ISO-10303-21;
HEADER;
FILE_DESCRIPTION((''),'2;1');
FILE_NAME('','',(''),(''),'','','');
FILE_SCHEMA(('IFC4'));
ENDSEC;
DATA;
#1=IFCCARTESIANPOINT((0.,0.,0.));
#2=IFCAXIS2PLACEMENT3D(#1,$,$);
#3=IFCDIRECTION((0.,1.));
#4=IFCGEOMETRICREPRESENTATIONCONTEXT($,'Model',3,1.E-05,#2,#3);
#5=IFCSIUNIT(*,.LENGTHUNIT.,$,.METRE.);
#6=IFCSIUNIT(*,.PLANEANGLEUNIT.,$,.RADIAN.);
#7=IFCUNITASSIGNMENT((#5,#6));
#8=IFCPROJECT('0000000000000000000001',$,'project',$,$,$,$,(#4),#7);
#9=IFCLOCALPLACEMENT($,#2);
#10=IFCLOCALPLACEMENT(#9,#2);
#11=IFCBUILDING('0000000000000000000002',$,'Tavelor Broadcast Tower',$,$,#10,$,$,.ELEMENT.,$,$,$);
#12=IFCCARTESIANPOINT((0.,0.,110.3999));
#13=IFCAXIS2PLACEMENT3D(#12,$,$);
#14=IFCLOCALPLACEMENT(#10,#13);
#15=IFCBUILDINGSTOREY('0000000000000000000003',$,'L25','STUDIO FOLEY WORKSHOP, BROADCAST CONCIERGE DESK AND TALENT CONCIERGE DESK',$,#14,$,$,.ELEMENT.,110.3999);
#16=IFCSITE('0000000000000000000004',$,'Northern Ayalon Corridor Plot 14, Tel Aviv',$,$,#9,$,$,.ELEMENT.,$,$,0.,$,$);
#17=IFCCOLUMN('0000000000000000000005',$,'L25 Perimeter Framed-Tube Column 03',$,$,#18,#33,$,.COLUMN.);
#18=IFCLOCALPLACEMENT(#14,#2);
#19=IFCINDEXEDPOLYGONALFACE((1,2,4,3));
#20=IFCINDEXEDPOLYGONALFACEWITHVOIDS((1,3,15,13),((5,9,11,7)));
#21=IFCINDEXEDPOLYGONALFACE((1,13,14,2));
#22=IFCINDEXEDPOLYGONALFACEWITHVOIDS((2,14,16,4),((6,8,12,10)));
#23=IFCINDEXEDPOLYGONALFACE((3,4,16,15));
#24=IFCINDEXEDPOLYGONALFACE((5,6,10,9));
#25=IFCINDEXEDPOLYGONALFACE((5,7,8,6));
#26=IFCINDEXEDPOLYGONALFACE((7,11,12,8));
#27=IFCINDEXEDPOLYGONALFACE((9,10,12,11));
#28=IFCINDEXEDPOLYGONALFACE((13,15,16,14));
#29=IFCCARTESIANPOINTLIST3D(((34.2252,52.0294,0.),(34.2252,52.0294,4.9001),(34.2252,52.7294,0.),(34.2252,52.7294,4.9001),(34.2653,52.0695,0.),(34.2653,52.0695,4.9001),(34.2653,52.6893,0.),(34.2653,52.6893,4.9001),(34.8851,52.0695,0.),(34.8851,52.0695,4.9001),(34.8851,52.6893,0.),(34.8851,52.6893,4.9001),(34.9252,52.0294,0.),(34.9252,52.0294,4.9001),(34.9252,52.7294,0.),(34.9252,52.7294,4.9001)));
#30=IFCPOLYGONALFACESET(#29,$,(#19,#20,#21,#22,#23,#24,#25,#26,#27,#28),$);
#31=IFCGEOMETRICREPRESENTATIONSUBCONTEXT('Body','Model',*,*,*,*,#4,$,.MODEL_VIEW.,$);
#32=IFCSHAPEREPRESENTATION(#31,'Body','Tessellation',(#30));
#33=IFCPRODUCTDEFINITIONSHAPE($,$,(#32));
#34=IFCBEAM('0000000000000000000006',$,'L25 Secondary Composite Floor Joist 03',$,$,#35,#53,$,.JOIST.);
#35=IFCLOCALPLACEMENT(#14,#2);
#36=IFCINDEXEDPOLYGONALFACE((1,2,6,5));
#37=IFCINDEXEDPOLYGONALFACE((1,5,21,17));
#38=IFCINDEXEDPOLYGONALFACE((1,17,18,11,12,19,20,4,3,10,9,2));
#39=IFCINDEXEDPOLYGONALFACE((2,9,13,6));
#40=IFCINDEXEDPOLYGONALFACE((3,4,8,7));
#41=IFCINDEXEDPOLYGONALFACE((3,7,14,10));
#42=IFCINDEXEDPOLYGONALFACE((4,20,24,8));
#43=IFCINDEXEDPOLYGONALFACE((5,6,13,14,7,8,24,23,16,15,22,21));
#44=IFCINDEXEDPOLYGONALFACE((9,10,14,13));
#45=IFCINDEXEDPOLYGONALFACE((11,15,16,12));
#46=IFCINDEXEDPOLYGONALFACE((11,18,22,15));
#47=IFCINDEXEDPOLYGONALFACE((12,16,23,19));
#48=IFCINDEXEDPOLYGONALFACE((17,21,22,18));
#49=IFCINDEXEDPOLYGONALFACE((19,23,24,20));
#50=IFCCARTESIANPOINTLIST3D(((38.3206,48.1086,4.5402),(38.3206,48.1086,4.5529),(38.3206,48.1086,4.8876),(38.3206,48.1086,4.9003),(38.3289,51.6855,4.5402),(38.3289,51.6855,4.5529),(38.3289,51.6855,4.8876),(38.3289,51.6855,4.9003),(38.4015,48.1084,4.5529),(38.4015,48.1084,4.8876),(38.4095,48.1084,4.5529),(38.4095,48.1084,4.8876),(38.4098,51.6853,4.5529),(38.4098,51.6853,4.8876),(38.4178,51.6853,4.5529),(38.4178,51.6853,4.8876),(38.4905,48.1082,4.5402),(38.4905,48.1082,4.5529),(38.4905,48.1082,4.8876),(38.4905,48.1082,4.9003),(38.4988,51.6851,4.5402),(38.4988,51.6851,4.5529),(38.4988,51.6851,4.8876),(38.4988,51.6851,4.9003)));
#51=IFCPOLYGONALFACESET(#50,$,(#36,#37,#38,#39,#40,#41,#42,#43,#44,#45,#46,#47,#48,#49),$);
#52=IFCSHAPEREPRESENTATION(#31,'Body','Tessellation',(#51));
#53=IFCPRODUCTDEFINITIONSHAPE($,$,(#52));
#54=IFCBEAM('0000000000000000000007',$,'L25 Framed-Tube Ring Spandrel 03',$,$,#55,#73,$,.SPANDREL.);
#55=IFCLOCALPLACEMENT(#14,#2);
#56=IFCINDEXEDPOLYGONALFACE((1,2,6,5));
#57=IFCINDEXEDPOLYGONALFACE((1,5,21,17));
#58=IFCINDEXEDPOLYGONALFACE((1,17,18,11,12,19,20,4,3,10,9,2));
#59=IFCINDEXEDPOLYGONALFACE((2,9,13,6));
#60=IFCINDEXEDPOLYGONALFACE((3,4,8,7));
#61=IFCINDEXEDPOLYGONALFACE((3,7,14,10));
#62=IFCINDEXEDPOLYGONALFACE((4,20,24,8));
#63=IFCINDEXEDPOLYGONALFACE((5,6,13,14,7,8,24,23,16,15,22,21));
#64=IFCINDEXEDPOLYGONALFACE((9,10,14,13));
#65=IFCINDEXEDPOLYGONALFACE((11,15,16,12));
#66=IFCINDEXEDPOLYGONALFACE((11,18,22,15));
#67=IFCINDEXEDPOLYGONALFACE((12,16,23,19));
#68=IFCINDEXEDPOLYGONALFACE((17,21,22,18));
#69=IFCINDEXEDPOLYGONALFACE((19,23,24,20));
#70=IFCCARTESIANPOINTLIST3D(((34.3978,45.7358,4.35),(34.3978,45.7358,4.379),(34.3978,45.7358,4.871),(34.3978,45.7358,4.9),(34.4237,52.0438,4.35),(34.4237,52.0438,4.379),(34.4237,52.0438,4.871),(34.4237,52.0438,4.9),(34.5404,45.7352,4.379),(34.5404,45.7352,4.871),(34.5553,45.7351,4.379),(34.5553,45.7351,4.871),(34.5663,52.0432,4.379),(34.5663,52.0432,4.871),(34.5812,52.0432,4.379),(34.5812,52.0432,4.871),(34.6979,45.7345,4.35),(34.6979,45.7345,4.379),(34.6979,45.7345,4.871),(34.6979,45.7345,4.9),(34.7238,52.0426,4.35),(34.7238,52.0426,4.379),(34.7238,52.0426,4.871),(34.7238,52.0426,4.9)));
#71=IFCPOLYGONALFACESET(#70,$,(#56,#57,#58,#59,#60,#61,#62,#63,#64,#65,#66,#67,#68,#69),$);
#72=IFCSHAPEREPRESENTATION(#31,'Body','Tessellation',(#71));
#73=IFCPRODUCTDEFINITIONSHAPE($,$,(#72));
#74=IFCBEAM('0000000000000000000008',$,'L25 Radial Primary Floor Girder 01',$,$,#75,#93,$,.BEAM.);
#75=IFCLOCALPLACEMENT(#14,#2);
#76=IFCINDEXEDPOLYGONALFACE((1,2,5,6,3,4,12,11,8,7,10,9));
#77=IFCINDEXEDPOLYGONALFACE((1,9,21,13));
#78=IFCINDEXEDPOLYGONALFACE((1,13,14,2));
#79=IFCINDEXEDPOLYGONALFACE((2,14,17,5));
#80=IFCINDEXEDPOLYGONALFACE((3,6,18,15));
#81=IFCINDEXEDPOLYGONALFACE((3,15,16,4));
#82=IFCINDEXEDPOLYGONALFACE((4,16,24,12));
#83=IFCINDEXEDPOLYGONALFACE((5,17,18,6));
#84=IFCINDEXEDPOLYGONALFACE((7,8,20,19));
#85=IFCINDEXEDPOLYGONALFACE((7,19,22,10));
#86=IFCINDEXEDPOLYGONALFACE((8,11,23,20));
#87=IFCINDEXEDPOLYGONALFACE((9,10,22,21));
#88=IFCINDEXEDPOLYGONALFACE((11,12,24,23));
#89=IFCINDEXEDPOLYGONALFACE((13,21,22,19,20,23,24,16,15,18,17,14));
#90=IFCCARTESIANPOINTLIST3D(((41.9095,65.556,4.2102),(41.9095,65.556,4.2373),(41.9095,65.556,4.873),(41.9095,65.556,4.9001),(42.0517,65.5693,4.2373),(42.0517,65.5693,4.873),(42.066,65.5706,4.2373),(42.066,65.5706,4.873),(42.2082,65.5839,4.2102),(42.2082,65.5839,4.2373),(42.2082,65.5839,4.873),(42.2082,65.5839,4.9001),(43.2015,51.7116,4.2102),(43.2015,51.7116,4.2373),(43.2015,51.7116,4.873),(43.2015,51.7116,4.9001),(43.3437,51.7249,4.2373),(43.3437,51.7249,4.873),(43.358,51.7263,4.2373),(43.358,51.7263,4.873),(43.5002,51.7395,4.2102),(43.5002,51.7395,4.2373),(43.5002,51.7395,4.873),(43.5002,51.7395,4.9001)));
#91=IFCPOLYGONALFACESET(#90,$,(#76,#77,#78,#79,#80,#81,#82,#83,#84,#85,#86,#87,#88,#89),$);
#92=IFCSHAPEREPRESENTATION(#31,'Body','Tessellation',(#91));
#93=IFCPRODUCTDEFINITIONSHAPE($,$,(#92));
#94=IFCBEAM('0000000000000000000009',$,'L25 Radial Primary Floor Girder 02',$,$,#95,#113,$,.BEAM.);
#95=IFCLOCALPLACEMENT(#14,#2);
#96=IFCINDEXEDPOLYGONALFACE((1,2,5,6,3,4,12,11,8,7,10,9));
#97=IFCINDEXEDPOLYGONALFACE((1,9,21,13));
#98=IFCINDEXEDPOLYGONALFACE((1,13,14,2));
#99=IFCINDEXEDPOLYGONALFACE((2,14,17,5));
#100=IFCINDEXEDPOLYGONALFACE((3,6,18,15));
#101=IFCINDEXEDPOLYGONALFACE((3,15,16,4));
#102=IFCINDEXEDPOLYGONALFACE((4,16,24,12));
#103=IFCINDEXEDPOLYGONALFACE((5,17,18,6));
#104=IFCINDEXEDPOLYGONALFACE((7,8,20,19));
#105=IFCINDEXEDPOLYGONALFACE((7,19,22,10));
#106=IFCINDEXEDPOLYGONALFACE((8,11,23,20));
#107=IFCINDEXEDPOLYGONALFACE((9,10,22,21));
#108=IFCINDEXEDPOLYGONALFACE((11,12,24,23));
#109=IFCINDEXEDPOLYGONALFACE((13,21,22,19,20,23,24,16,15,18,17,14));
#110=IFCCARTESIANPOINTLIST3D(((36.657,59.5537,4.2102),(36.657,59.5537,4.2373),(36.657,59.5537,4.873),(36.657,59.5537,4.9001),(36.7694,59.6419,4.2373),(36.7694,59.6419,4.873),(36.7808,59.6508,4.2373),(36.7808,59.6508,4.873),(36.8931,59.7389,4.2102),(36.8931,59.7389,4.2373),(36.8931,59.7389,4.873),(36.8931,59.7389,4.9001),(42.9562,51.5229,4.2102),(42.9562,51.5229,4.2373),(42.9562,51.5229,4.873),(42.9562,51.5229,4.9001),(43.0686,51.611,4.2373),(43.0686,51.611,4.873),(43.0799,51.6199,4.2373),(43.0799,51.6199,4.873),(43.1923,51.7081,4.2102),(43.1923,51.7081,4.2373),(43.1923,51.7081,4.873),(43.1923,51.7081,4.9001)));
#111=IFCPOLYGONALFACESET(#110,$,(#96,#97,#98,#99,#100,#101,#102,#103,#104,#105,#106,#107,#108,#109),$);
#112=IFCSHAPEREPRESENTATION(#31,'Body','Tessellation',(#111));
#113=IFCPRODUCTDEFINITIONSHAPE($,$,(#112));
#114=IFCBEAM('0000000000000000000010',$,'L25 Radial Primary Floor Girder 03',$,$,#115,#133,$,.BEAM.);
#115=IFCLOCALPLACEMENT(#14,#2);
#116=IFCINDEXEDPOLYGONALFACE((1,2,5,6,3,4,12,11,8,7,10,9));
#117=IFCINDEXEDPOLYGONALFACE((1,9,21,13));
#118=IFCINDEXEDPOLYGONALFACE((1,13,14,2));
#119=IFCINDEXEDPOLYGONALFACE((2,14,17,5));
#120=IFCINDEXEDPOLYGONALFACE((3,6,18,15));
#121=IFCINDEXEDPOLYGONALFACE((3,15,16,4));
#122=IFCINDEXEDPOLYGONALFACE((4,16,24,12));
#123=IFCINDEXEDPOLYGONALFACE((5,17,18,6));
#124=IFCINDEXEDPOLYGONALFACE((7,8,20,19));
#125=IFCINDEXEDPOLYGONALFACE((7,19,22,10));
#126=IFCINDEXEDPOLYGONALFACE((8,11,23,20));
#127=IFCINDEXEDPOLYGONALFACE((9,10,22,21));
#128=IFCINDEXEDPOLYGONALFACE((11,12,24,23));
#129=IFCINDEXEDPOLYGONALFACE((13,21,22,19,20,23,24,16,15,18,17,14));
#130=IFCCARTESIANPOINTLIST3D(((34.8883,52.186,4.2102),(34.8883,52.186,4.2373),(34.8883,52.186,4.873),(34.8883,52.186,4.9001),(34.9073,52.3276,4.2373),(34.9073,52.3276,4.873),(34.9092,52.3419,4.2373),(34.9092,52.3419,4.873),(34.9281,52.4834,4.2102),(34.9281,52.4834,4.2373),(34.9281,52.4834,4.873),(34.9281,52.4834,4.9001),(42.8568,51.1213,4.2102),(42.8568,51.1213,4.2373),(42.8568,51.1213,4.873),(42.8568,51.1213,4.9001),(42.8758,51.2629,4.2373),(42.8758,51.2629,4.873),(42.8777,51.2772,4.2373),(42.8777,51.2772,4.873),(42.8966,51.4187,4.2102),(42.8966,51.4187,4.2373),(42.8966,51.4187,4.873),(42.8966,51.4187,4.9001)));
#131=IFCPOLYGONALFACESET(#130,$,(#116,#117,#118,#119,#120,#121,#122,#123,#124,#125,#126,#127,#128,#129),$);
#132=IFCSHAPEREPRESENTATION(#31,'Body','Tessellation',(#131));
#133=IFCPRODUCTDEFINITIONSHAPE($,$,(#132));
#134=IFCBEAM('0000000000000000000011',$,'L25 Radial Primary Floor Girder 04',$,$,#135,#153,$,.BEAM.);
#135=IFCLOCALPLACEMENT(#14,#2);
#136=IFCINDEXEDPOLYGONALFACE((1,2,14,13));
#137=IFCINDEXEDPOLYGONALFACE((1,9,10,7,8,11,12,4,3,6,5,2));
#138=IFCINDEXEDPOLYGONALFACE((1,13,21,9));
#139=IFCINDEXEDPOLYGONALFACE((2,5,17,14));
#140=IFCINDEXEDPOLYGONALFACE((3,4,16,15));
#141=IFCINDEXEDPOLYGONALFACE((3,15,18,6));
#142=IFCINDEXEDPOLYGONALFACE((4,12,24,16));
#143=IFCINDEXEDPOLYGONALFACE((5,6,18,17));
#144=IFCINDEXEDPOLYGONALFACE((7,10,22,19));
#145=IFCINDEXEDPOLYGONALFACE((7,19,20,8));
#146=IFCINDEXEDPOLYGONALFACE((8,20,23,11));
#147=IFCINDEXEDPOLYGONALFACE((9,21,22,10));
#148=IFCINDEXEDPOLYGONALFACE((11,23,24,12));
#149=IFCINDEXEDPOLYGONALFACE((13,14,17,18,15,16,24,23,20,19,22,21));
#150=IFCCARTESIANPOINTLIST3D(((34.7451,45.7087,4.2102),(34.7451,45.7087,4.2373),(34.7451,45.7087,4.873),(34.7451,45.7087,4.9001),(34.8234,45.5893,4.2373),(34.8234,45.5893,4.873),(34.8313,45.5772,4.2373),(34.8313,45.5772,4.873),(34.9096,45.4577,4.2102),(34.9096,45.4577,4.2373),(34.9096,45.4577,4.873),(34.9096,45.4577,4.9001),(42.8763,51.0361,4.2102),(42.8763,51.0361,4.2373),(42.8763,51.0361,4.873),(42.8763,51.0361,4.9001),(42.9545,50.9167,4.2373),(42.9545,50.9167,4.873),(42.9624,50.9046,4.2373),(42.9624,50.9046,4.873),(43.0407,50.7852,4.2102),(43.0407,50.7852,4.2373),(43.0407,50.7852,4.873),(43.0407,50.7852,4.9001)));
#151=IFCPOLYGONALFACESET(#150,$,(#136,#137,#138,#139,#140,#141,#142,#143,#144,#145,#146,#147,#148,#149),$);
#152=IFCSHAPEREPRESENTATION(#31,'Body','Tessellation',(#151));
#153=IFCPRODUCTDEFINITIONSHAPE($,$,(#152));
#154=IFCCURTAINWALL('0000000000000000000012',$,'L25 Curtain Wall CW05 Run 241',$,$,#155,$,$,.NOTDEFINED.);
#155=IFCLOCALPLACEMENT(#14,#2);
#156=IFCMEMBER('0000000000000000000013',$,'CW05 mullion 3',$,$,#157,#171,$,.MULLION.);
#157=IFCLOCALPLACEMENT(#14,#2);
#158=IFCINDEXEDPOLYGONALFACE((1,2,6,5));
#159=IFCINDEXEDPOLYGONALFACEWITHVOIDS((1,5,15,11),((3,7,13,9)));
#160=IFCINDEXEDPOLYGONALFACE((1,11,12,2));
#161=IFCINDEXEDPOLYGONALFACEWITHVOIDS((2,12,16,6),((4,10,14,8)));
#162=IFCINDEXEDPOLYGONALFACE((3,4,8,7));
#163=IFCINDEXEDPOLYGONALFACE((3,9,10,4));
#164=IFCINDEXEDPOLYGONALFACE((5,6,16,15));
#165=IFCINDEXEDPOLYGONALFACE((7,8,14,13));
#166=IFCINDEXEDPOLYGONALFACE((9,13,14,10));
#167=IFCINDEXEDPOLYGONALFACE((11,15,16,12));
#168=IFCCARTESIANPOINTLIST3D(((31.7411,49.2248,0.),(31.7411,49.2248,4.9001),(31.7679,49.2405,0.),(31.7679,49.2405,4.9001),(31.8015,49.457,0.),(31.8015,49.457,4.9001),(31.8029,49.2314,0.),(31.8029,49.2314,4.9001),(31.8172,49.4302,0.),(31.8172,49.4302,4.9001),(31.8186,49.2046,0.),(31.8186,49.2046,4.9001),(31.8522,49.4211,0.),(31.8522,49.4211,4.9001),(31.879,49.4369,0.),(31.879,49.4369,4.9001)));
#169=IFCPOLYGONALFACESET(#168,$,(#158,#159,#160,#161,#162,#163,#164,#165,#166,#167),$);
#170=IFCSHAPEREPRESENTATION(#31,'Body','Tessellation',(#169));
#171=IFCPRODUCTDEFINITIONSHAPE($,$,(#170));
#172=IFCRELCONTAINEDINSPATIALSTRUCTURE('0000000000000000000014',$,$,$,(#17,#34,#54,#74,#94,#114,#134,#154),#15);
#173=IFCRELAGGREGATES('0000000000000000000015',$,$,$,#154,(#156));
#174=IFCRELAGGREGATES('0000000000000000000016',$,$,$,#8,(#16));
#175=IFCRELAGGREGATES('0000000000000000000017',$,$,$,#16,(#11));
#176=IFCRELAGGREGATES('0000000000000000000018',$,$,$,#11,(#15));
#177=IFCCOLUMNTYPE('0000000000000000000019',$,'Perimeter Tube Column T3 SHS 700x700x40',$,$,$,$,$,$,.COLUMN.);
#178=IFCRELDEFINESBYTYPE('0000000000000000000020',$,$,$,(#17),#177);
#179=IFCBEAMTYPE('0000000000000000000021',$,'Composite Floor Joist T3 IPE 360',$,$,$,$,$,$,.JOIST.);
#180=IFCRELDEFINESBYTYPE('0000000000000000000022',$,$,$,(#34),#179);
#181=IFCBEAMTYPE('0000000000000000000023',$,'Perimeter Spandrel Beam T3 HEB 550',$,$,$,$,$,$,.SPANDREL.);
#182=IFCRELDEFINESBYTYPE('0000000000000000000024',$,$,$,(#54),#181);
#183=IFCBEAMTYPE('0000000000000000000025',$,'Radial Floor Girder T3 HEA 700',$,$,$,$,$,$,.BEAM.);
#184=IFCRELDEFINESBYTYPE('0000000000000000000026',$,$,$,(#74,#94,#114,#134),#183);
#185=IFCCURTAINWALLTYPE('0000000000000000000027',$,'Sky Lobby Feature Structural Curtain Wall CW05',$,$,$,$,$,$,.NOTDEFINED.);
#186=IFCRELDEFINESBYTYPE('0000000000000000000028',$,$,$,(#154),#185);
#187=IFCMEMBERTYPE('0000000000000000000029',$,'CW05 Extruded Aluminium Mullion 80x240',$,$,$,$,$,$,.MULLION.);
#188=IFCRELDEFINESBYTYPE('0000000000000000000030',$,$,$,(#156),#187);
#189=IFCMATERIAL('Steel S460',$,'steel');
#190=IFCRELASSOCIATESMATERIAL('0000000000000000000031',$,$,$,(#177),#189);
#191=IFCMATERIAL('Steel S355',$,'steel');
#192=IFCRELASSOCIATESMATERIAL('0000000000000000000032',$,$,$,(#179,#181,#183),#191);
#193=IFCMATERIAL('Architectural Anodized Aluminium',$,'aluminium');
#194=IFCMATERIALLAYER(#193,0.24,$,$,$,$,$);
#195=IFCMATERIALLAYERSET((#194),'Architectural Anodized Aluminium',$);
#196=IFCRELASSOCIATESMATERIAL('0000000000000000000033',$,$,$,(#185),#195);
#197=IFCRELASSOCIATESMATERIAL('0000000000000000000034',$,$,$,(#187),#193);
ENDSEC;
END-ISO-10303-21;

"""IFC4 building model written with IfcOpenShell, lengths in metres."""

from ifc_helpers import new_model, si_unit, direction, frame, origin, origin_2d, place, context, subcontext, project, spatial, hollow_rectangle, i_section, extrude, source, transform, mapped, material, layer, layer_set, material_profile, profile_set, type_object, type_shapes, element, aggregate, save


model = new_model("IFC4")

# Units and contexts
model_context = context("Model", 3, precision=1e-05, world=origin(), true_north=direction((0.0, 1.0)))
body_context = subcontext(model_context, "Body", "Model", "MODEL_VIEW")
ifc_project = project(units=[si_unit("LENGTHUNIT", "METRE"), si_unit("PLANEANGLEUNIT", "RADIAN")], contexts=[model_context])

# Site, building, storey
site_placement = place(None, origin())
site = spatial("IfcSite", under=ifc_project, at=site_placement, Name="Northern Ayalon Corridor Plot 14, Tel Aviv", CompositionType="ELEMENT", RefElevation=0.0)
building_placement = place(site_placement, origin())
building = spatial("IfcBuilding", under=site, at=building_placement, Name="Tavelor Broadcast Tower", CompositionType="ELEMENT")
storey_placement = place(building_placement, frame((0.0, 0.0, 110.3999)))
storey = spatial("IfcBuildingStorey", under=building, at=storey_placement, Name="L25", Description="STUDIO FOLEY WORKSHOP, BROADCAST CONCIERGE DESK AND TALENT CONCIERGE DESK", CompositionType="ELEMENT", Elevation=110.3999)

# Column
ifc_material_1 = material(Name="Steel S460", Category="steel")
ifc_material_profile_1 = material_profile(ifc_material_1, hollow_rectangle(XDim=0.7, YDim=0.7, WallThickness=0.04, at=origin_2d()), Name="SHS 700x700x40")
ifc_profile_set_1 = profile_set([ifc_material_profile_1], Name="Steel S460")
column_type = type_object("IfcColumnType", Name="Perimeter Tube Column T3 SHS 700x700x40", PredefinedType="COLUMN", material=ifc_profile_set_1)
column_placement = place(storey_placement, frame((34.5752, 52.3794, 0.0), z_axis=(0.0, 0.0, 1.0), x_axis=(1.0, 0.0, 0.0)))
element("IfcColumn", 1, at=column_placement, inside=storey, type_object=column_type, Name="L25 Perimeter Framed-Tube Column 03", PredefinedType="COLUMN", context=body_context, shape_type="SweptSolid", body=[
    extrude(hollow_rectangle(XDim=0.7, YDim=0.7, WallThickness=0.04, at=origin_2d()), origin(), (0.0, 0.0, 1.0), 4.9001),
])

# Beams
ifc_material_2 = material(Name="Steel S355", Category="steel")
ifc_material_profile_2 = material_profile(ifc_material_2, i_section(OverallWidth=0.1699, OverallDepth=0.3601, WebThickness=0.0081, FlangeThickness=0.0127, at=origin_2d()), Name="IPE 360")
ifc_profile_set_2 = profile_set([ifc_material_profile_2], Name="Steel S355")
beam_type_1 = type_object("IfcBeamType", Name="Composite Floor Joist T3 IPE 360", PredefinedType="JOIST", material=ifc_profile_set_2)
beam_1_placement = place(storey_placement, frame((38.4138, 51.6853, 4.7202), z_axis=(-0.002321, -0.999997, 0.0), x_axis=(0.999997, -0.002321, 0.0)))
element("IfcBeam", 2, at=beam_1_placement, inside=storey, type_object=beam_type_1, Name="L25 Secondary Composite Floor Joist 03", PredefinedType="JOIST", context=body_context, shape_type="SweptSolid", body=[
    extrude(i_section(OverallWidth=0.1699, OverallDepth=0.3601, WebThickness=0.0081, FlangeThickness=0.0127, at=origin_2d()), origin(), (0.0, 0.0, 1.0), 3.5769),
])
ifc_material_profile_3 = material_profile(ifc_material_2, i_section(OverallWidth=0.3, OverallDepth=0.55, WebThickness=0.0149, FlangeThickness=0.0291, at=origin_2d()), Name="HEB 550")
ifc_profile_set_3 = profile_set([ifc_material_profile_3], Name="Steel S355")
beam_type_2 = type_object("IfcBeamType", Name="Perimeter Spandrel Beam T3 HEB 550", PredefinedType="SPANDREL", material=ifc_profile_set_3)
beam_2_placement = place(storey_placement, frame((34.5737, 52.0432, 4.625), z_axis=(-0.004102, -0.999992, 0.0), x_axis=(0.999992, -0.004102, 0.0)))
element("IfcBeam", 3, at=beam_2_placement, inside=storey, type_object=beam_type_2, Name="L25 Framed-Tube Ring Spandrel 03", PredefinedType="SPANDREL", context=body_context, shape_type="SweptSolid", body=[
    extrude(i_section(OverallWidth=0.3, OverallDepth=0.55, WebThickness=0.0149, FlangeThickness=0.0291, at=origin_2d()), origin(), (0.0, 0.0, 1.0), 6.3081),
])
ifc_material_profile_4 = material_profile(ifc_material_2, i_section(OverallWidth=0.3, OverallDepth=0.6899, WebThickness=0.0144, FlangeThickness=0.0271, at=origin_2d()), Name="HEA 700")
ifc_profile_set_4 = profile_set([ifc_material_profile_4], Name="Steel S355")
beam_type_3 = type_object("IfcBeamType", Name="Radial Floor Girder T3 HEA 700", PredefinedType="BEAM", material=ifc_profile_set_4)
beam_3_placement = place(storey_placement, frame((43.3508, 51.7256, 4.5552), z_axis=(-0.092918, 0.995674, 0.0), x_axis=(-0.995674, -0.092918, 0.0)))
element("IfcBeam", 4, at=beam_3_placement, inside=storey, type_object=beam_type_3, Name="L25 Radial Primary Floor Girder 01", PredefinedType="BEAM", context=body_context, shape_type="SweptSolid", body=[
    extrude(i_section(OverallWidth=0.3, OverallDepth=0.6899, WebThickness=0.0144, FlangeThickness=0.0271, at=origin_2d()), origin(), (0.0, 0.0, 1.0), 13.9045),
])
beam_4_placement = place(storey_placement, frame((43.0742, 51.6155, 4.5552), z_axis=(-0.617166, 0.786833, 0.0), x_axis=(-0.786833, -0.617166, 0.0)))
element("IfcBeam", 5, at=beam_4_placement, inside=storey, type_object=beam_type_3, Name="L25 Radial Primary Floor Girder 02", PredefinedType="BEAM", context=body_context, shape_type="SweptSolid", body=[
    extrude(i_section(OverallWidth=0.3, OverallDepth=0.6899, WebThickness=0.0144, FlangeThickness=0.0271, at=origin_2d()), origin(), (0.0, 0.0, 1.0), 10.2065),
])
beam_5_placement = place(storey_placement, frame((42.8767, 51.27, 4.5552), z_axis=(-0.991192, 0.132436, 0.0), x_axis=(-0.132436, -0.991192, 0.0)))
element("IfcBeam", 6, at=beam_5_placement, inside=storey, type_object=beam_type_3, Name="L25 Radial Primary Floor Girder 03", PredefinedType="BEAM", context=body_context, shape_type="SweptSolid", body=[
    extrude(i_section(OverallWidth=0.3, OverallDepth=0.6899, WebThickness=0.0144, FlangeThickness=0.0271, at=origin_2d()), origin(), (0.0, 0.0, 1.0), 8.0393),
])
beam_6_placement = place(storey_placement, frame((42.9585, 50.9106, 4.5552), z_axis=(-0.836456, -0.548035, 0.0), x_axis=(0.548035, -0.836456, 0.0)))
element("IfcBeam", 7, at=beam_6_placement, inside=storey, type_object=beam_type_3, Name="L25 Radial Primary Floor Girder 04", PredefinedType="BEAM", context=body_context, shape_type="SweptSolid", body=[
    extrude(i_section(OverallWidth=0.3, OverallDepth=0.6899, WebThickness=0.0144, FlangeThickness=0.0271, at=origin_2d()), origin(), (0.0, 0.0, 1.0), 9.7209),
])

# Curtain wall, member
ifc_material_3 = material(Name="Architectural Anodized Aluminium", Category="aluminium")
ifc_layer_1 = layer(ifc_material_3, 0.24)
ifc_layer_set_1 = layer_set([ifc_layer_1], Name="Architectural Anodized Aluminium")
curtain_wall_type = type_object("IfcCurtainWallType", Name="Sky Lobby Feature Structural Curtain Wall CW05", PredefinedType="NOTDEFINED", material=ifc_layer_set_1)
curtain_wall_1_placement = place(storey_placement, origin())
curtain_wall_1 = element("IfcCurtainWall", 8, at=curtain_wall_1_placement, inside=storey, type_object=curtain_wall_type, Name="L25 Curtain Wall CW05 Run 241", PredefinedType="NOTDEFINED")
ifc_material_profile_5 = material_profile(ifc_material_3, hollow_rectangle(XDim=0.0801, YDim=0.24, WallThickness=0.022, at=origin_2d()), Name="RHS 80x240x22")
ifc_profile_set_5 = profile_set([ifc_material_profile_5], Name="Architectural Anodized Aluminium")
member_type_1 = type_object("IfcMemberType", Name="CW05 Extruded Aluminium Mullion 80x240", PredefinedType="MULLION", material=ifc_profile_set_5)
shared_shape_1 = source(origin(), body_context, "Body", "SweptSolid", [
    extrude(hollow_rectangle(XDim=0.0801, YDim=0.24, WallThickness=0.022, at=origin_2d()), origin(), (0.0, 0.0, 1.0), 4.9001),
])
type_shapes(member_type_1, [shared_shape_1])
member_1_placement = place(storey_placement, frame((31.8101, 49.3308, 0.0), z_axis=(0.0, 0.0, 1.0), x_axis=(0.967817, -0.251655, 0.0)))
member_1 = element("IfcMember", 9, at=member_1_placement, type_object=member_type_1, Name="CW05 mullion 3", PredefinedType="MULLION", context=body_context, shape_type="MappedRepresentation", body=[
    mapped(shared_shape_1, transform((0.0, 0.0, 0.0), scale=1.0)),
])

aggregate(curtain_wall_1, [member_1])

save(model, "model.ifc")
